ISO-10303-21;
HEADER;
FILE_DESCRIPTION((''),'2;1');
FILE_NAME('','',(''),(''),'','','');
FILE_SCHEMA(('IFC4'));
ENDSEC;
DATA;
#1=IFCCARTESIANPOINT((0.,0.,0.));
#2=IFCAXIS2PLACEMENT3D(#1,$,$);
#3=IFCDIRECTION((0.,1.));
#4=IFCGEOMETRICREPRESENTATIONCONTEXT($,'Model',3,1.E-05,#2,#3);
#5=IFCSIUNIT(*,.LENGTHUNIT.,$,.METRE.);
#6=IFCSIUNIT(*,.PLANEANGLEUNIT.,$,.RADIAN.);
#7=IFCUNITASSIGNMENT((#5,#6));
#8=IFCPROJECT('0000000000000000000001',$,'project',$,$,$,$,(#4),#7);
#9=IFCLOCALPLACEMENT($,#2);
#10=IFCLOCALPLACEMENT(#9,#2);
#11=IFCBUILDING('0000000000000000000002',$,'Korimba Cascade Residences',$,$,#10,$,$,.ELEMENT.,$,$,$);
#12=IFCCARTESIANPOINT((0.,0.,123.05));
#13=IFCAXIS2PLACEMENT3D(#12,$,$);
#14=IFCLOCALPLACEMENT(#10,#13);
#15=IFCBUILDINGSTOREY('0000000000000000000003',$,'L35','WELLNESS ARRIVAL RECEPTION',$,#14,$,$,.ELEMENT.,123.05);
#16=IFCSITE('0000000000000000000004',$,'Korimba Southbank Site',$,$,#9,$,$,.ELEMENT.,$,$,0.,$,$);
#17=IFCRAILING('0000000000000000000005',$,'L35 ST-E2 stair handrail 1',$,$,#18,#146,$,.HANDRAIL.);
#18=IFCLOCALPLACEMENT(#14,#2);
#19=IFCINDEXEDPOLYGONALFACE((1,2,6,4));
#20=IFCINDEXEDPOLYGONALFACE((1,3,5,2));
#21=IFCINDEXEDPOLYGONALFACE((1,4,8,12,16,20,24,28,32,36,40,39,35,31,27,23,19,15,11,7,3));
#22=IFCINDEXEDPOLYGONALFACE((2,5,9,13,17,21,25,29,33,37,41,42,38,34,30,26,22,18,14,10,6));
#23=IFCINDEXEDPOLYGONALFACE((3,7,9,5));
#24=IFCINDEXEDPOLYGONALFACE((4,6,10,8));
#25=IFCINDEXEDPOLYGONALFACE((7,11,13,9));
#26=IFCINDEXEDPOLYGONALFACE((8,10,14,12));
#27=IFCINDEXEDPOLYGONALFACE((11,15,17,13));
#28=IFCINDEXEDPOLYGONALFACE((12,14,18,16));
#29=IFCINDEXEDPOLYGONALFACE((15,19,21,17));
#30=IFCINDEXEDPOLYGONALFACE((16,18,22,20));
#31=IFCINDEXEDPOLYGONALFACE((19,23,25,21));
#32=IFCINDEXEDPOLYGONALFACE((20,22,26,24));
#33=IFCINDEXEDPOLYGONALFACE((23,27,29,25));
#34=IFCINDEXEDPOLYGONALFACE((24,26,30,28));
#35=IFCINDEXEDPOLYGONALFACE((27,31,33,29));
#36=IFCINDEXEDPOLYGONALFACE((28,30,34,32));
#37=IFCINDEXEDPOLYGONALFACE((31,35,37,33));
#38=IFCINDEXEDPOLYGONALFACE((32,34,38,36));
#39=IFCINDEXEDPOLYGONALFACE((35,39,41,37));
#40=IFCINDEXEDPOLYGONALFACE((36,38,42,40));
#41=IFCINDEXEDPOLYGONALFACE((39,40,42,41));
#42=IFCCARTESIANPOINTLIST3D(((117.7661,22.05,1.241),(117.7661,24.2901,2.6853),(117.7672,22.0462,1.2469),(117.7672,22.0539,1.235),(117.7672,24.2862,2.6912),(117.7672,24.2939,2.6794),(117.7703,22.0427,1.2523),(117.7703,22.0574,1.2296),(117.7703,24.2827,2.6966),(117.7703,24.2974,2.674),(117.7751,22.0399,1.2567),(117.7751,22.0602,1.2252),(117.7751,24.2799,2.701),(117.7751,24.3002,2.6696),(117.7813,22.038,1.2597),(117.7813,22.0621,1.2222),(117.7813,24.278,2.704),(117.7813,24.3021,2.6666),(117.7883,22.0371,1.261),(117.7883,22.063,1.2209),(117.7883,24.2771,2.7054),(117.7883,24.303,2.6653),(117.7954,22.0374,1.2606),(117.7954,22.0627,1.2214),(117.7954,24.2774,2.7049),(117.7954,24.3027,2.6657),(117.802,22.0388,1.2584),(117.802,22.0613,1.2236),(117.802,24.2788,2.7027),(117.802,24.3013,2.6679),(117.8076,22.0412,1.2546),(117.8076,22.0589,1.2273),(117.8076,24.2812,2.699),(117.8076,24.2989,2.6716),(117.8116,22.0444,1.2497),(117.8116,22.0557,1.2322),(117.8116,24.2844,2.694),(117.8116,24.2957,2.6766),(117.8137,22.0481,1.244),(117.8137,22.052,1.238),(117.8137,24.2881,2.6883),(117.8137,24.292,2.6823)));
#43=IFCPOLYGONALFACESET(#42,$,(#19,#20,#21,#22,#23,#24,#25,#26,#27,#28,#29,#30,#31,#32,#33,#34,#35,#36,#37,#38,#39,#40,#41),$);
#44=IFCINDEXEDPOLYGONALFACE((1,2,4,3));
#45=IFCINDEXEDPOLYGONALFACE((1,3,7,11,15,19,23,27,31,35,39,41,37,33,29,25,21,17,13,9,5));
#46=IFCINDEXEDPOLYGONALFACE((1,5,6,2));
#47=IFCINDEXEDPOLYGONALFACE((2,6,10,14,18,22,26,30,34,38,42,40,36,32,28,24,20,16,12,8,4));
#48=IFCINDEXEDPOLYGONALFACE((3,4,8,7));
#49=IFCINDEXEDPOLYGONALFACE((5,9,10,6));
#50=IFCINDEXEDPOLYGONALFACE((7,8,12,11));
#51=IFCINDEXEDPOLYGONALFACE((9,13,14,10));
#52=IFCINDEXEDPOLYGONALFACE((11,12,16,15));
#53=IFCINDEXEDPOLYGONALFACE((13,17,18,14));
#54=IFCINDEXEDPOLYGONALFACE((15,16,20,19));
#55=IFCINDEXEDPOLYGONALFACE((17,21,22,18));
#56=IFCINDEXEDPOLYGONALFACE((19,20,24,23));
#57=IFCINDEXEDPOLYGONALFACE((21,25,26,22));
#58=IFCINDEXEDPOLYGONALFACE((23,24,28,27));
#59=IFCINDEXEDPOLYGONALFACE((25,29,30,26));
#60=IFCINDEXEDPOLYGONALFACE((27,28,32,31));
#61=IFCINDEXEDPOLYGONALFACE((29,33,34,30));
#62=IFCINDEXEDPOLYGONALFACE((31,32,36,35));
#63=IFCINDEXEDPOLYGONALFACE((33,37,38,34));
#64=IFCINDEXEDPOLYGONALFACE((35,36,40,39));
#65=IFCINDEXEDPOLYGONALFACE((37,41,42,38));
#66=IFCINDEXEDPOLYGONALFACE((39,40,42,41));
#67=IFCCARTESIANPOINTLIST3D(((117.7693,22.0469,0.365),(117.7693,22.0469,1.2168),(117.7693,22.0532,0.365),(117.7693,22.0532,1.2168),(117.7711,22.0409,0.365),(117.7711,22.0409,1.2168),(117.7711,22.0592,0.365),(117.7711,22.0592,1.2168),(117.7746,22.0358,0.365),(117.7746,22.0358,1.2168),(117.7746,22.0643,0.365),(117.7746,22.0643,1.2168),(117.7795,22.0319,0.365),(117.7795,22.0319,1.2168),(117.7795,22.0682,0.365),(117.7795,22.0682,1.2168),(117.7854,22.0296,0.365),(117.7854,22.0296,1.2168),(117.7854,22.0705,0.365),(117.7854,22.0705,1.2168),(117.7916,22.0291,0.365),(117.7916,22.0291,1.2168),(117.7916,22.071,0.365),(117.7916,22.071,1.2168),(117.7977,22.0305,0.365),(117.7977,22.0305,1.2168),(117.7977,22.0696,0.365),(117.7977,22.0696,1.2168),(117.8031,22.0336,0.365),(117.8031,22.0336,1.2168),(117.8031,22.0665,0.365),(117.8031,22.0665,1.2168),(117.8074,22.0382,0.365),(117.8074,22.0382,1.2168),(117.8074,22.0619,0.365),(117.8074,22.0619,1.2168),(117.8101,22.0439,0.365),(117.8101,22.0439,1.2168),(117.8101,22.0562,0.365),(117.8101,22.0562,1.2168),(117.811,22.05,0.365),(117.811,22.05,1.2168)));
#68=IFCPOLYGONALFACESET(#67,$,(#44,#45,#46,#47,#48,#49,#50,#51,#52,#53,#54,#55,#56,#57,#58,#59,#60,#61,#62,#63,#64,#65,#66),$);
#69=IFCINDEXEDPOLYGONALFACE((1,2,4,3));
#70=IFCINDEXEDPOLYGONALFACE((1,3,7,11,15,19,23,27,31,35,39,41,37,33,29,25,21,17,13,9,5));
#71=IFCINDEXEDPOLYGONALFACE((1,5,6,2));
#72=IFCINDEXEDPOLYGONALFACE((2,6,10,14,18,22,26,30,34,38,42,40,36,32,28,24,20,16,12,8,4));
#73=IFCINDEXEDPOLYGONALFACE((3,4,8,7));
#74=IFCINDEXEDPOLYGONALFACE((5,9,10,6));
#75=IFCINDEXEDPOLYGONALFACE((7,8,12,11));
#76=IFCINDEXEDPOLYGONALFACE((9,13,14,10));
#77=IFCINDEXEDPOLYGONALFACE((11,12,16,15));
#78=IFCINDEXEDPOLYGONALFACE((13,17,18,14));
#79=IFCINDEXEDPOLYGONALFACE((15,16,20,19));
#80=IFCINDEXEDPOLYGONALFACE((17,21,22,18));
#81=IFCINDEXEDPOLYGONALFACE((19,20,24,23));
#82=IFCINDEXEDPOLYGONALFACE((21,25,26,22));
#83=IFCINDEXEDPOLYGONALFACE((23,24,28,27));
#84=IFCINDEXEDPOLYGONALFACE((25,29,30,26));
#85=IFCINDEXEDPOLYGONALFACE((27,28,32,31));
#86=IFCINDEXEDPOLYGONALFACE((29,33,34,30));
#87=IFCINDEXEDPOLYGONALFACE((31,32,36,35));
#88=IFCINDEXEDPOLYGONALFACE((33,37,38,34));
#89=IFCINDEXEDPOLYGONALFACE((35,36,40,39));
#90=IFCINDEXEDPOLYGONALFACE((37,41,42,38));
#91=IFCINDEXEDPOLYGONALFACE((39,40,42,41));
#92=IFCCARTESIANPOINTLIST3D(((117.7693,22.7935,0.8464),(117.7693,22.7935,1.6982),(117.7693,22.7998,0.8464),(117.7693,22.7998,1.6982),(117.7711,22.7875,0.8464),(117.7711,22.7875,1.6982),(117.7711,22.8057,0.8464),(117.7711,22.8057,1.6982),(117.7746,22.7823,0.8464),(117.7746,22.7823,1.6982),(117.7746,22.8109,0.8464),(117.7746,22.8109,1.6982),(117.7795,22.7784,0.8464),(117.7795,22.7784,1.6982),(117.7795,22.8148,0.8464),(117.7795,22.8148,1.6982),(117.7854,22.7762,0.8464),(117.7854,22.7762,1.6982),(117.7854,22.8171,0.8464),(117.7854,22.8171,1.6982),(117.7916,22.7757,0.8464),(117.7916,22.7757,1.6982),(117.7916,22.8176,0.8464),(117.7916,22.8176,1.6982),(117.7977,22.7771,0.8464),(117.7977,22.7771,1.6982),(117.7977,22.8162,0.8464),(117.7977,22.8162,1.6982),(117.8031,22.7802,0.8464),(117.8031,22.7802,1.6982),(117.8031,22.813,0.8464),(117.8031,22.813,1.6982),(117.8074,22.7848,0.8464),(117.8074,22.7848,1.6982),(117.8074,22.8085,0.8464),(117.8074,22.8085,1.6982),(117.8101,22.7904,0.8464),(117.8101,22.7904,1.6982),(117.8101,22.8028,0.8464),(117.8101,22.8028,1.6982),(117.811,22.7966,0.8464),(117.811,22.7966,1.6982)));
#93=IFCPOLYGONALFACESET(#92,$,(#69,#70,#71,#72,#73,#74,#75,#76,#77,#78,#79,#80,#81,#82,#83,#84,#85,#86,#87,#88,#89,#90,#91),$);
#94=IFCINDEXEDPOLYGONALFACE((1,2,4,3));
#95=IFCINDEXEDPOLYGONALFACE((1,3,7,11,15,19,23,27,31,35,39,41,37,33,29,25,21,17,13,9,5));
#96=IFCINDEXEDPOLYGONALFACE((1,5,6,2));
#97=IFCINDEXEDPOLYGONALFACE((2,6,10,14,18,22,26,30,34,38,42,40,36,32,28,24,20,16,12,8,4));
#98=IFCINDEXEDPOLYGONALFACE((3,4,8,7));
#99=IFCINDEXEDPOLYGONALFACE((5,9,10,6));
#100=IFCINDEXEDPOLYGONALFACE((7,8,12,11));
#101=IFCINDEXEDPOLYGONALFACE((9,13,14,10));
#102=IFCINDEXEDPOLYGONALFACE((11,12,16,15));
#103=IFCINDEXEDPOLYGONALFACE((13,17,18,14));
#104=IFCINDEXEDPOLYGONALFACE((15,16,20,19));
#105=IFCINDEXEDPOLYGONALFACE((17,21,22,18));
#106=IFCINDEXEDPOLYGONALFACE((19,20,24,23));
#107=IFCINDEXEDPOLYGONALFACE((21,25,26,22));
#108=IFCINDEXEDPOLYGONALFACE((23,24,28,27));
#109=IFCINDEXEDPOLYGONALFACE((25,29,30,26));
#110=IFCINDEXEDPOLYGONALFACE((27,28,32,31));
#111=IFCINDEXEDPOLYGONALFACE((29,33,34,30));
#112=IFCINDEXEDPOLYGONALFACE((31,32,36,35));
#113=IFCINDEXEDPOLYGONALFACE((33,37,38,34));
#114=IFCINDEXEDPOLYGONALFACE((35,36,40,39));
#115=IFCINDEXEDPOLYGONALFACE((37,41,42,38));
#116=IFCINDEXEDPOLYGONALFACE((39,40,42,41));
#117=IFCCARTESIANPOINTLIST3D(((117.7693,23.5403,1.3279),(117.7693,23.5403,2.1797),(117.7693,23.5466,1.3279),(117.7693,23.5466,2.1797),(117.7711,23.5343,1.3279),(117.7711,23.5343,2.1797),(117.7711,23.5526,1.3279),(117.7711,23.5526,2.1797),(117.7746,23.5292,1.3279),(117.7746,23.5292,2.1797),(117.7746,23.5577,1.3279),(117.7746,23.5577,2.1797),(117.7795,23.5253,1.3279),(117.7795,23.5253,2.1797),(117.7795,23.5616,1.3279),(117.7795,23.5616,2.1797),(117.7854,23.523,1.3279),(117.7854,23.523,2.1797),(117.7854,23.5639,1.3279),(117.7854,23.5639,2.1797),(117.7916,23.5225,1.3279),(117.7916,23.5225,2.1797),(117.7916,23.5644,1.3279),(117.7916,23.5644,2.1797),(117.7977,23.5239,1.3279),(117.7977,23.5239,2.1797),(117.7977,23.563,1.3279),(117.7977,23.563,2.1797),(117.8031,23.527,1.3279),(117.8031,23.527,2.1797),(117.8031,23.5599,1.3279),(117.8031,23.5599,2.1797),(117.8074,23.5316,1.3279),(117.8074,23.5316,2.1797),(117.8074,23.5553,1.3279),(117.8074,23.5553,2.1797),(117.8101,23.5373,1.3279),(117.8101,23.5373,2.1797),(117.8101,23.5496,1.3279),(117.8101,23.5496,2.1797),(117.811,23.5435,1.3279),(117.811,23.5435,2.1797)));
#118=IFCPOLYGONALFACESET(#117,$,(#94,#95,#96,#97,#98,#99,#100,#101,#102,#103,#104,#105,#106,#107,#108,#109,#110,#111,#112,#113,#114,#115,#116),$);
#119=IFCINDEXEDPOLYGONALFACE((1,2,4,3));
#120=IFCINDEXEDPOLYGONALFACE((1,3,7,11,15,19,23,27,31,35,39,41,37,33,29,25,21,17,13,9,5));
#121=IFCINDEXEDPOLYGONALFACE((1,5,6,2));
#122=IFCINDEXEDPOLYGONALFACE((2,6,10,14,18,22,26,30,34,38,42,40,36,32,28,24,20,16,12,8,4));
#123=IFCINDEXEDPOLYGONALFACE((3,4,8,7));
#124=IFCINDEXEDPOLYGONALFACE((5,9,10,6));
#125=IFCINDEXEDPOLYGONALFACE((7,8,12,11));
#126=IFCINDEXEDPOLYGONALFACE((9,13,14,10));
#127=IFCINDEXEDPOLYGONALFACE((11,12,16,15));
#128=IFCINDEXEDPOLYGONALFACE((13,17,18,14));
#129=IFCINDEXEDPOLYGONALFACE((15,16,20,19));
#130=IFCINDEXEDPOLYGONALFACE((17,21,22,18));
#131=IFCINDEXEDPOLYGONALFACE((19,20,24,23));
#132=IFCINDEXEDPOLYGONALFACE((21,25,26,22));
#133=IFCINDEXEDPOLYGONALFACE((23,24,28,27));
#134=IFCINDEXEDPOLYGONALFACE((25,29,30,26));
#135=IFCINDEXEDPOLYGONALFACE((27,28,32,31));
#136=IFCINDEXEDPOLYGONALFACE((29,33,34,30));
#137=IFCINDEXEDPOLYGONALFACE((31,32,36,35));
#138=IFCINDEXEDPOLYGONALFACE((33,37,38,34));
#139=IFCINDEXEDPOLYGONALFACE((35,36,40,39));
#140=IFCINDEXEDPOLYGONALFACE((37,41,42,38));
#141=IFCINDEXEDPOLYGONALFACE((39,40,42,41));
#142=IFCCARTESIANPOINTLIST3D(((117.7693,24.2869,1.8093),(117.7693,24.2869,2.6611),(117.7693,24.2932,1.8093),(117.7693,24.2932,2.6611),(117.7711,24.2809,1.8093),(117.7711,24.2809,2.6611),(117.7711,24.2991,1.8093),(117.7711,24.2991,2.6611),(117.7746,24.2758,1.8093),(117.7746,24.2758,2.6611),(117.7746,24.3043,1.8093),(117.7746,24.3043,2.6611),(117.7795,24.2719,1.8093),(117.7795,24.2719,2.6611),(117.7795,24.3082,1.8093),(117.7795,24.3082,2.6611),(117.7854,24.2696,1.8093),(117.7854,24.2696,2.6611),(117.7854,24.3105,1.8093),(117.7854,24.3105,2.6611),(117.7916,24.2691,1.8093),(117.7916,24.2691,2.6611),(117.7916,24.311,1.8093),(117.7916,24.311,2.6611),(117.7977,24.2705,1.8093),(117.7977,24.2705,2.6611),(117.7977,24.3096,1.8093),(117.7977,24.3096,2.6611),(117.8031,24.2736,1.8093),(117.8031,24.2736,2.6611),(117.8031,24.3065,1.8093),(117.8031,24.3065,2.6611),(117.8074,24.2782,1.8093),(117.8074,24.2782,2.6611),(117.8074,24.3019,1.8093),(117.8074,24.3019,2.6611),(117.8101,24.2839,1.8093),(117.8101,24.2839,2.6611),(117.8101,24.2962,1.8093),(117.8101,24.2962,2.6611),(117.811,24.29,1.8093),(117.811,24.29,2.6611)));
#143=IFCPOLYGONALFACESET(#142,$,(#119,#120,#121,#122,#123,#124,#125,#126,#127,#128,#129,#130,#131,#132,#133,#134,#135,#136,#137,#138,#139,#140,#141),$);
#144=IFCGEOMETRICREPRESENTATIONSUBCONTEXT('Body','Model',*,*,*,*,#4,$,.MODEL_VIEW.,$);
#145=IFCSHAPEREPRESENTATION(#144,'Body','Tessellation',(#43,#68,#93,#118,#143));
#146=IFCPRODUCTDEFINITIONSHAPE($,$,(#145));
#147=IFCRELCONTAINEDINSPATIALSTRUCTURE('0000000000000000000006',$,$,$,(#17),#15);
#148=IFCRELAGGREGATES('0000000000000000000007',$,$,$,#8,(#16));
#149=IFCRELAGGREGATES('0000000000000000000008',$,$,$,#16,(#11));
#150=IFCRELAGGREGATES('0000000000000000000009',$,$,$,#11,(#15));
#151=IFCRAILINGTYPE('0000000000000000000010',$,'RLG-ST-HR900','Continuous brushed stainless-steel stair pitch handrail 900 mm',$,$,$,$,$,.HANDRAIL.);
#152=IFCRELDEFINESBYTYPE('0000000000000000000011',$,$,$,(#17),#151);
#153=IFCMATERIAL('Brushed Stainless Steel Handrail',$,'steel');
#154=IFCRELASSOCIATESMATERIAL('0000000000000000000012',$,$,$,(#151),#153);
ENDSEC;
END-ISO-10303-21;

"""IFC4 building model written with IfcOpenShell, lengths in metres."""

from ifc_helpers import new_model, si_unit, direction, frame, origin, origin_2d, place, context, subcontext, project, spatial, circle, extrude, material, type_object, element, save


model = new_model("IFC4")

# Units and contexts
model_context = context("Model", 3, precision=1e-05, world=origin(), true_north=direction((0.0, 1.0)))
body_context = subcontext(model_context, "Body", "Model", "MODEL_VIEW")
ifc_project = project(units=[si_unit("LENGTHUNIT", "METRE"), si_unit("PLANEANGLEUNIT", "RADIAN")], contexts=[model_context])

# Site, building, storey
site_placement = place(None, origin())
site = spatial("IfcSite", under=ifc_project, at=site_placement, Name="Korimba Southbank Site", CompositionType="ELEMENT", RefElevation=0.0)
building_placement = place(site_placement, origin())
building = spatial("IfcBuilding", under=site, at=building_placement, Name="Korimba Cascade Residences", CompositionType="ELEMENT")
storey_placement = place(building_placement, frame((0.0, 0.0, 123.05)))
storey = spatial("IfcBuildingStorey", under=building, at=storey_placement, Name="L35", Description="WELLNESS ARRIVAL RECEPTION", CompositionType="ELEMENT", Elevation=123.05)

# Railing
ifc_material_1 = material(Name="Brushed Stainless Steel Handrail", Category="steel")
railing_type = type_object("IfcRailingType", Name="RLG-ST-HR900", Description="Continuous brushed stainless-steel stair pitch handrail 900 mm", PredefinedType="HANDRAIL", material=ifc_material_1)
railing_placement = place(storey_placement, frame((117.79, 22.05, 0.365)))
element("IfcRailing", 1, at=railing_placement, inside=storey, type_object=railing_type, Name="L35 ST-E2 stair handrail 1", PredefinedType="HANDRAIL", context=body_context, shape_type="SweptSolid", body=[
    extrude(circle(Radius=0.0239, at=origin_2d()), frame((0.0, 0.0, 0.876), z_axis=(0.0, 0.840437, 0.54191), x_axis=(-1.0, 0.0, 0.0)), (0.0, 0.0, 1.0), 2.6653),
    extrude(circle(Radius=0.021, at=origin_2d()), origin(), (0.0, 0.0, 1.0), 0.8518),
    extrude(circle(Radius=0.021, at=origin_2d()), frame((0.0, 0.7466, 0.4814)), (0.0, 0.0, 1.0), 0.8518),
    extrude(circle(Radius=0.021, at=origin_2d()), frame((0.0, 1.4934, 0.9629)), (0.0, 0.0, 1.0), 0.8518),
    extrude(circle(Radius=0.021, at=origin_2d()), frame((0.0, 2.24, 1.4443)), (0.0, 0.0, 1.0), 0.8518),
])

save(model, "model.ifc")
